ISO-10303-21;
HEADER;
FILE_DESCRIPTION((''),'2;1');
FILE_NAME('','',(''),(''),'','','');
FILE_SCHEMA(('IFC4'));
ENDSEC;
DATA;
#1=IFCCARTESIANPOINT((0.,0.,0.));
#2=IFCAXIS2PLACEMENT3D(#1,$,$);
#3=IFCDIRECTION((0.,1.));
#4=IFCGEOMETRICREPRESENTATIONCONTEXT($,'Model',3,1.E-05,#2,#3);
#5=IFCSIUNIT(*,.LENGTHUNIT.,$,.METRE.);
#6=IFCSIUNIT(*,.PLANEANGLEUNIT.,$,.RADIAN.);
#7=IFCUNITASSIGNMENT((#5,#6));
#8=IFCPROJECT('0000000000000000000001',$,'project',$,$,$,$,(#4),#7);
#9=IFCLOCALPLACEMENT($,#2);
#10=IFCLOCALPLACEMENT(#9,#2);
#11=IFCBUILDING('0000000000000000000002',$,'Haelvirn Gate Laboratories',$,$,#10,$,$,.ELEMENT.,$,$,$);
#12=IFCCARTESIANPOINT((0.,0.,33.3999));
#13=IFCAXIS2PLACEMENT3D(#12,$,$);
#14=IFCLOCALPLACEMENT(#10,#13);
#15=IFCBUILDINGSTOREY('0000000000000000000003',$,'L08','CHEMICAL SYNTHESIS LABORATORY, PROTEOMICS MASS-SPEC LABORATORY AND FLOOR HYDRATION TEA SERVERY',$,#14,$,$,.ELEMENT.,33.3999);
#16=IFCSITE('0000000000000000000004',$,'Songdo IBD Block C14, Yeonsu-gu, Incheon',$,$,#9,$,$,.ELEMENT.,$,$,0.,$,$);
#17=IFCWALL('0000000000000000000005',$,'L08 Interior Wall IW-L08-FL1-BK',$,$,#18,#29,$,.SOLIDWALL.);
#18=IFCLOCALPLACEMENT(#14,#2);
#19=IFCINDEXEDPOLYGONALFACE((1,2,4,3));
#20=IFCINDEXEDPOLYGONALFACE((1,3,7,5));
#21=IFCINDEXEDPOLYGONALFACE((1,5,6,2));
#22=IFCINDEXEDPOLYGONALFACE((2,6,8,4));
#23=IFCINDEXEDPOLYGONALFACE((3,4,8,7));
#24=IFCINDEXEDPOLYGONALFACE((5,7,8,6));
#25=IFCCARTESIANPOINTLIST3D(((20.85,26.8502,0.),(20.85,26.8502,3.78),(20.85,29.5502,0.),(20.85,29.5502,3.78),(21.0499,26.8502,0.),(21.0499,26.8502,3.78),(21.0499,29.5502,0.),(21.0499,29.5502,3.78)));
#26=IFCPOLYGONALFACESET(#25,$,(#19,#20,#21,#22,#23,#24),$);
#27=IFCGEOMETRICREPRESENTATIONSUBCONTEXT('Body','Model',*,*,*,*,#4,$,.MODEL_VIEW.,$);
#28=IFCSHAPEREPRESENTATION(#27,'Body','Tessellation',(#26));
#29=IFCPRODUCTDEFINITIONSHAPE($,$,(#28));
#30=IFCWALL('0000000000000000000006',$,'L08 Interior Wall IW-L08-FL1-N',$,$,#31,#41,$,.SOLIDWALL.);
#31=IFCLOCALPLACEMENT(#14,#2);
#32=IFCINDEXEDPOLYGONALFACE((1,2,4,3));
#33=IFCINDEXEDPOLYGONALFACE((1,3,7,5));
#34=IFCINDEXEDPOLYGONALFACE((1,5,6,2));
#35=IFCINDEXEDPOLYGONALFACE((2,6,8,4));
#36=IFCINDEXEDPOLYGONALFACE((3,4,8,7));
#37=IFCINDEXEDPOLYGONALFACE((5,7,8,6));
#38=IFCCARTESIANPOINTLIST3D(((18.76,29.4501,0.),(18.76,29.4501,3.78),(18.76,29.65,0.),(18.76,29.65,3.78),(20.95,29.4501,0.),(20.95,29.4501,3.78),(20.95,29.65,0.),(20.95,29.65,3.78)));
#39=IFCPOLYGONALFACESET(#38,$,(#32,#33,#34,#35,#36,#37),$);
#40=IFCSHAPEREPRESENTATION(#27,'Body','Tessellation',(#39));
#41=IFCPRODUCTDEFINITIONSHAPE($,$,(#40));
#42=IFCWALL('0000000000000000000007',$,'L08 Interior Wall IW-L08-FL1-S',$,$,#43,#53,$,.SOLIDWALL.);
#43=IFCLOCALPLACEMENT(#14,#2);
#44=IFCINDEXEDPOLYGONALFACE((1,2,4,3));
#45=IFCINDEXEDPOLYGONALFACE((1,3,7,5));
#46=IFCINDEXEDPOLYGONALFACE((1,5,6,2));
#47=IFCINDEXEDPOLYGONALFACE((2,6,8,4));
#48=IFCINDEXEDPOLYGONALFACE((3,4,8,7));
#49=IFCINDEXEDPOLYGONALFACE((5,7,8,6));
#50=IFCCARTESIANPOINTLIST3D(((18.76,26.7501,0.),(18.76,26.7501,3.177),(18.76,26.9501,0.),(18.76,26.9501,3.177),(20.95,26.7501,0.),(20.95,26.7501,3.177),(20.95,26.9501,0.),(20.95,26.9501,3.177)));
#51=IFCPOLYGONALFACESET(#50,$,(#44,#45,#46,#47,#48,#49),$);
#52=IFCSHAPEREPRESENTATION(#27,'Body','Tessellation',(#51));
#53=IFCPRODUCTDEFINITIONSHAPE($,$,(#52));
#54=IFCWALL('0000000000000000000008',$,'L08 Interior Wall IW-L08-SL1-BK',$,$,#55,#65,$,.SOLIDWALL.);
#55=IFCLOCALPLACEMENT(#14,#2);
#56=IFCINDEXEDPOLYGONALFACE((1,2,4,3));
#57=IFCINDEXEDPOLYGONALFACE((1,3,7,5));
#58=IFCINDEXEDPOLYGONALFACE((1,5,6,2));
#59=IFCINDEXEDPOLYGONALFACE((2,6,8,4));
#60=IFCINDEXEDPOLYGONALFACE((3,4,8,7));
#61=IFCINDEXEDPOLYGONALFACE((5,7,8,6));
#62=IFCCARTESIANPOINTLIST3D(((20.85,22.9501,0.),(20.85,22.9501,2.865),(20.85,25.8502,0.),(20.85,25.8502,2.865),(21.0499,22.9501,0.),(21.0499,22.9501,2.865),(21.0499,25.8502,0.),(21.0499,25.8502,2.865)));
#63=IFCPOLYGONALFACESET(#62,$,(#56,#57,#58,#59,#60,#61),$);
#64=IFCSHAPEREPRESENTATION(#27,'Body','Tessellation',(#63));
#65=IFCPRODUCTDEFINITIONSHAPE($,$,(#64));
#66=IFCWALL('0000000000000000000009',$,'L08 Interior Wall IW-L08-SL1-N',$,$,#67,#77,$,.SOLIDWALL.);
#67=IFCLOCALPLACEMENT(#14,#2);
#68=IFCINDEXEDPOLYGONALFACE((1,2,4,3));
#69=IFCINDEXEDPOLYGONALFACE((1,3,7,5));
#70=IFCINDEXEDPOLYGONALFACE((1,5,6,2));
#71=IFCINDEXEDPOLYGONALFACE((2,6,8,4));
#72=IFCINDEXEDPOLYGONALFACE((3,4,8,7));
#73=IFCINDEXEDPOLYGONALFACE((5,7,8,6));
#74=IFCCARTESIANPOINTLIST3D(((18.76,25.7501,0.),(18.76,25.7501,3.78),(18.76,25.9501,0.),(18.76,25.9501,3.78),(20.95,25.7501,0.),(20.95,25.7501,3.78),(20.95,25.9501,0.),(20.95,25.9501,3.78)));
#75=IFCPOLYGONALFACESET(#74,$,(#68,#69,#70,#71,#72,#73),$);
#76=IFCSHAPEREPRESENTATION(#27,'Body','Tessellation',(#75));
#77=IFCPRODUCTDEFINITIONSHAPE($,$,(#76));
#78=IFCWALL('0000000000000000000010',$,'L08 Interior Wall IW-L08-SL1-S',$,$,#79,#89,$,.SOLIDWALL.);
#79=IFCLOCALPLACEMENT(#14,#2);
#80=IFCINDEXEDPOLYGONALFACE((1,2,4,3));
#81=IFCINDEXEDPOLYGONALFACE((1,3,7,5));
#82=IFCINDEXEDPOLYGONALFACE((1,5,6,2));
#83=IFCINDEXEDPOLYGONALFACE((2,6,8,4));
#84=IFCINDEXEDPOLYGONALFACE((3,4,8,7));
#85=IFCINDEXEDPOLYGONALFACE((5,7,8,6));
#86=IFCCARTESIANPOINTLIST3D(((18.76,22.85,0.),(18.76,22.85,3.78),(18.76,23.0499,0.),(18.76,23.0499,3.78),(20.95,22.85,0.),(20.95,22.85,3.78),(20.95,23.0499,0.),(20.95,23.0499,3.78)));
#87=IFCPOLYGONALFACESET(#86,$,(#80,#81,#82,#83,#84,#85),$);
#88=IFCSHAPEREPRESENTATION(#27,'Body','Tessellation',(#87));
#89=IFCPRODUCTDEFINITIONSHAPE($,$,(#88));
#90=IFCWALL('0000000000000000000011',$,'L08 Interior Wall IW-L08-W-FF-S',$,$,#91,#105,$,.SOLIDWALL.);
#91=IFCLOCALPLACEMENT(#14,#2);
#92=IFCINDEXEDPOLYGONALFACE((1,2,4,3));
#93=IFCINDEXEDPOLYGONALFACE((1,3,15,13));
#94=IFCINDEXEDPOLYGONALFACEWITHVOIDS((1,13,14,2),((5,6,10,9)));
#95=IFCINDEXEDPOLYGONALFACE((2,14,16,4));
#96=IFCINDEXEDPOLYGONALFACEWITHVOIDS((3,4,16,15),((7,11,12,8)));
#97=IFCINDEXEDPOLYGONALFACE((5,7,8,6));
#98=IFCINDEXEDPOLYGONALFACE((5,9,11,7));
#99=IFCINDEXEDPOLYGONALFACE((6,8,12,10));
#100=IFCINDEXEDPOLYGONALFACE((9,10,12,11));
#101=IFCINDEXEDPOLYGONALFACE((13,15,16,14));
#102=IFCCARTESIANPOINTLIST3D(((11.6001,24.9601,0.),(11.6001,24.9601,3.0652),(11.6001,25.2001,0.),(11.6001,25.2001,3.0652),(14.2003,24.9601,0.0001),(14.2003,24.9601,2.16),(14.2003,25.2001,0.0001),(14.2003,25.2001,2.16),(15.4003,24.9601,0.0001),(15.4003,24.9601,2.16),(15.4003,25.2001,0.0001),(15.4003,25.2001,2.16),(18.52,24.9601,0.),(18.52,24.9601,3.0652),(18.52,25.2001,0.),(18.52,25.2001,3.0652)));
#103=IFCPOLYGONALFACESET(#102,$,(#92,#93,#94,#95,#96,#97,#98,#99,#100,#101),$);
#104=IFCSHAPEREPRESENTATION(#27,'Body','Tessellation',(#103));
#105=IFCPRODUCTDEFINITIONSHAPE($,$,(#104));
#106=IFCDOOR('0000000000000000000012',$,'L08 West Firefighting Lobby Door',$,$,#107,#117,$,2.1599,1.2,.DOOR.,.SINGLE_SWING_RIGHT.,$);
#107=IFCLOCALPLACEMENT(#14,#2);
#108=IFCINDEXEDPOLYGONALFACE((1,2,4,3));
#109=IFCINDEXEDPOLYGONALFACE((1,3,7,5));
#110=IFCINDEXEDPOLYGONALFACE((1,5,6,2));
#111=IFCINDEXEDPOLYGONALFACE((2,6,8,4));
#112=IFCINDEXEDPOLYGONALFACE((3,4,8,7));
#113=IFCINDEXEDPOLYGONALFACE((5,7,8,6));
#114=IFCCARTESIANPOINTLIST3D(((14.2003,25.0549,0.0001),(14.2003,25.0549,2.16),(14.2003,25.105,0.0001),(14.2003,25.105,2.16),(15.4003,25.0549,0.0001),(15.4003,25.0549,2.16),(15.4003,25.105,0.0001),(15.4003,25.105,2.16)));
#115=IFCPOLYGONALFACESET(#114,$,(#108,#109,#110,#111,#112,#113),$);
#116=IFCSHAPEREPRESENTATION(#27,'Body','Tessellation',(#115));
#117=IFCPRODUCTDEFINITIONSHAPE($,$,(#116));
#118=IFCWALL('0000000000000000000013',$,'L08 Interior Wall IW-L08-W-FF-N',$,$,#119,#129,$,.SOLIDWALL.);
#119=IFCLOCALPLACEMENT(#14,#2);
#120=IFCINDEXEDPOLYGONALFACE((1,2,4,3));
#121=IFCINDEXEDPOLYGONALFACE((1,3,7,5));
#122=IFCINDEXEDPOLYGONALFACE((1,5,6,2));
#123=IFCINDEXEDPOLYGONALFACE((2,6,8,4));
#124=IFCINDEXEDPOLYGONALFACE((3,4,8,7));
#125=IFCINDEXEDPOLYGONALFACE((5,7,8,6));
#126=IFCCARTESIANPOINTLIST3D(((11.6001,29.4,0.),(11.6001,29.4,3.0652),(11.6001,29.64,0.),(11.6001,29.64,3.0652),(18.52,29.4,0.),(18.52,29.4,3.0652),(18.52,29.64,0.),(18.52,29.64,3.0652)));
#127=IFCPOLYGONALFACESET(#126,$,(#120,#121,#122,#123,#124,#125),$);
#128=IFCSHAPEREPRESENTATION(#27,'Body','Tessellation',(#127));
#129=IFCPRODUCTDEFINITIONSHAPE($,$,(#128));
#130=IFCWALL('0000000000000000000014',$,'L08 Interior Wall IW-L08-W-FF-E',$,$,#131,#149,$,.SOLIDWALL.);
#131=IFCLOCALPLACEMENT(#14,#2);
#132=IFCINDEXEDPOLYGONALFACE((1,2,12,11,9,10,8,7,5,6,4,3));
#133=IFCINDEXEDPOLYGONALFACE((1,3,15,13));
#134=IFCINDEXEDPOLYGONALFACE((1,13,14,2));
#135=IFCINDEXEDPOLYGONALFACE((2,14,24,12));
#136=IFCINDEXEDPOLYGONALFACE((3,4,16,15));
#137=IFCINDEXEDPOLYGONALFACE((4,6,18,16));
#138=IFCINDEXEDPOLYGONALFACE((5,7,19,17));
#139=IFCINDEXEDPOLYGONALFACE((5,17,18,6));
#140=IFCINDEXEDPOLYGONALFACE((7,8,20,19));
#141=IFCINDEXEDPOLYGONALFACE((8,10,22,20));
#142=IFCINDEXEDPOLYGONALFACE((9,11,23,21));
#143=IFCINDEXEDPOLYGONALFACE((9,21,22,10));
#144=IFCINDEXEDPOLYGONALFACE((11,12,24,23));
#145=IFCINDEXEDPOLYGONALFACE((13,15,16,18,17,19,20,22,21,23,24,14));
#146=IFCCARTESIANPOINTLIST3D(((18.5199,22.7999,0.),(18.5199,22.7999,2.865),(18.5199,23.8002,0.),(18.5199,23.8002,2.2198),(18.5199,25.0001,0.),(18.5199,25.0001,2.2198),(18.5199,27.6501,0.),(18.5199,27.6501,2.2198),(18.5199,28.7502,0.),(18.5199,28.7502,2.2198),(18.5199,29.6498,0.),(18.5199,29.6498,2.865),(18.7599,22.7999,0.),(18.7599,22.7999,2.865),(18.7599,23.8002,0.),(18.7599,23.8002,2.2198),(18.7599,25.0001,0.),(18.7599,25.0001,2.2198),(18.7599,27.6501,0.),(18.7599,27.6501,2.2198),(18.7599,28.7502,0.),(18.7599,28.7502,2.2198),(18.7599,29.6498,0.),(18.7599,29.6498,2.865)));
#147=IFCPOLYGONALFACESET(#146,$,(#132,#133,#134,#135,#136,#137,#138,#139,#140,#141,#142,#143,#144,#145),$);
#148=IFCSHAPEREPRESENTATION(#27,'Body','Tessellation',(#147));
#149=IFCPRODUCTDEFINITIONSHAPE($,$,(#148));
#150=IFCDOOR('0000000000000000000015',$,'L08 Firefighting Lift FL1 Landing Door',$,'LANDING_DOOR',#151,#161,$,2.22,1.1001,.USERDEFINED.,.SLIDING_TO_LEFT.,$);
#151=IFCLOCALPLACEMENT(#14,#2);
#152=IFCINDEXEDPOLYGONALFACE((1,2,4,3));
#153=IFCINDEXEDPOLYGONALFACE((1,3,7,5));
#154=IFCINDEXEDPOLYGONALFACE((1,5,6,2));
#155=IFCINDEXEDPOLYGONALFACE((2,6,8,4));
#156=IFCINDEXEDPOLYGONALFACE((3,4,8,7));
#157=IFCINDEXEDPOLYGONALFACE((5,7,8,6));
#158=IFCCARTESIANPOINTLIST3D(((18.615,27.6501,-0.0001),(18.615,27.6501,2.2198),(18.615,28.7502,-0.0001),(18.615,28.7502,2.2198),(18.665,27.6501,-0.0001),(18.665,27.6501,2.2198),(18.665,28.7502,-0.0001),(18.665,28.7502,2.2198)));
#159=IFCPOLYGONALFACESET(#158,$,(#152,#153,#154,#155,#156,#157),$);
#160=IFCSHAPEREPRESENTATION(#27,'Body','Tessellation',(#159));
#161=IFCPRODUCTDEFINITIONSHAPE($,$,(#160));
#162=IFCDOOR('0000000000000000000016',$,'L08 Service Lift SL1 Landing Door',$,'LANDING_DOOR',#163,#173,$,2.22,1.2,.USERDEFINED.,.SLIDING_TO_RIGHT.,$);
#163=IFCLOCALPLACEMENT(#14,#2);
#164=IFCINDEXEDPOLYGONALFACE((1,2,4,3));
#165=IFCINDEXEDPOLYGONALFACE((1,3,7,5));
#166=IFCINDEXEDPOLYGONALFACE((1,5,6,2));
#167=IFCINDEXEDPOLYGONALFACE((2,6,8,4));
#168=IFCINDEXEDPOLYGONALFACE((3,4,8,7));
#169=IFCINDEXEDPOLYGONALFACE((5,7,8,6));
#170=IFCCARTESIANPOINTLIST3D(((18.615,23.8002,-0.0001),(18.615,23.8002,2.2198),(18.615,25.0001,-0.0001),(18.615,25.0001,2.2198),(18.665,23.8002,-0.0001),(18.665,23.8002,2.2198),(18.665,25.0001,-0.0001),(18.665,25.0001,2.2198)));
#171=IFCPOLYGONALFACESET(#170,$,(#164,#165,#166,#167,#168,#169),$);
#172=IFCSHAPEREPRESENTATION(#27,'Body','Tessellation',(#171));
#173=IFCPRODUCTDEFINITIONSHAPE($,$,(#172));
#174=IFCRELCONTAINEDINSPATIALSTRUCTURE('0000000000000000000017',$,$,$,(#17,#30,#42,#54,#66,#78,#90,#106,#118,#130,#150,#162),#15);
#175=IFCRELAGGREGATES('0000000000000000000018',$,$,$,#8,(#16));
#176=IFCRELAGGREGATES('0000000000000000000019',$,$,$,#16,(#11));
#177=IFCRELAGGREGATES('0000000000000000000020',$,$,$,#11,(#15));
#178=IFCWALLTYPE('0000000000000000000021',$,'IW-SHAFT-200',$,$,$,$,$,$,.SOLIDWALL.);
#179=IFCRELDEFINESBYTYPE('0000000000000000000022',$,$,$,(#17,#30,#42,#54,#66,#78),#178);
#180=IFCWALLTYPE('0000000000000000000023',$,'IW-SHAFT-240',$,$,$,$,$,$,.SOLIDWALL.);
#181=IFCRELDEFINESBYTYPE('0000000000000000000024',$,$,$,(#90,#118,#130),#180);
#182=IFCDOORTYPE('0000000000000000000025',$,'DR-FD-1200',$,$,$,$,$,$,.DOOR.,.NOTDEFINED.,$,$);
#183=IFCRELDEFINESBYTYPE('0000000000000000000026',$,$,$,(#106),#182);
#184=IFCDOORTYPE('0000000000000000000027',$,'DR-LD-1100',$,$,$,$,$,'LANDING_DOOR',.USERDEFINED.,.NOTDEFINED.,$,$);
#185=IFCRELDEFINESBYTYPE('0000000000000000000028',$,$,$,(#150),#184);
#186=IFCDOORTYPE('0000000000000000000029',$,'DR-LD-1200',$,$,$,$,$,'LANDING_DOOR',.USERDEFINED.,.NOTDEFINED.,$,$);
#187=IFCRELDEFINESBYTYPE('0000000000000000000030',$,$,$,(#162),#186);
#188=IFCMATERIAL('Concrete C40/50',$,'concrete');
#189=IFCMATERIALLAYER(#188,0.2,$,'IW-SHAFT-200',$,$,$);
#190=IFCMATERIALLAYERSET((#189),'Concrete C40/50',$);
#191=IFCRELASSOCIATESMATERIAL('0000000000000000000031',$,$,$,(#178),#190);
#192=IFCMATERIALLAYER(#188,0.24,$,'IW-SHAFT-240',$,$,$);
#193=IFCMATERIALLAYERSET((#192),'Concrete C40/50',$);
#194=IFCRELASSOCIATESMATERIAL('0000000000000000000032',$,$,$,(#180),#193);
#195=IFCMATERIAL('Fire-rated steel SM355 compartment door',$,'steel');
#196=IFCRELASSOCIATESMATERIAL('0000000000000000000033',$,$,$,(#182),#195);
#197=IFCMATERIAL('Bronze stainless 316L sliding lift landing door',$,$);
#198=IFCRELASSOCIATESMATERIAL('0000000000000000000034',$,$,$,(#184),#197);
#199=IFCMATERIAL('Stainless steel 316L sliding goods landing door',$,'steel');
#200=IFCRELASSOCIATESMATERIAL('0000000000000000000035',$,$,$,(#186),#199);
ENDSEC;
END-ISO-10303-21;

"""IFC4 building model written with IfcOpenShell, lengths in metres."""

from ifc_helpers import new_model, si_unit, direction, frame, frame_2d, origin, place, context, subcontext, project, spatial, rectangle, extrude, source, transform, mapped, material, layer, layer_set, type_object, type_shapes, element, fill, save


model = new_model("IFC4")

# Units and contexts
model_context = context("Model", 3, precision=1e-05, world=origin(), true_north=direction((0.0, 1.0)))
body_context = subcontext(model_context, "Body", "Model", "MODEL_VIEW")
ifc_project = project(units=[si_unit("LENGTHUNIT", "METRE"), si_unit("PLANEANGLEUNIT", "RADIAN")], contexts=[model_context])

# Site, building, storey
site_placement = place(None, origin())
site = spatial("IfcSite", under=ifc_project, at=site_placement, Name="Songdo IBD Block C14, Yeonsu-gu, Incheon", CompositionType="ELEMENT", RefElevation=0.0)
building_placement = place(site_placement, origin())
building = spatial("IfcBuilding", under=site, at=building_placement, Name="Haelvirn Gate Laboratories", CompositionType="ELEMENT")
storey_placement = place(building_placement, frame((0.0, 0.0, 33.3999)))
storey = spatial("IfcBuildingStorey", under=building, at=storey_placement, Name="L08", Description="CHEMICAL SYNTHESIS LABORATORY, PROTEOMICS MASS-SPEC LABORATORY AND FLOOR HYDRATION TEA SERVERY", CompositionType="ELEMENT", Elevation=33.3999)

# Walls
ifc_material_1 = material(Name="Concrete C40/50", Category="concrete")
ifc_layer_1 = layer(ifc_material_1, 0.2, Name="IW-SHAFT-200")
ifc_layer_set_1 = layer_set([ifc_layer_1], Name="Concrete C40/50")
wall_type_1 = type_object("IfcWallType", Name="IW-SHAFT-200", PredefinedType="SOLIDWALL", material=ifc_layer_set_1)
wall_1_placement = place(storey_placement, frame((20.95, 26.8501, 0.0), z_axis=(0.0, 0.0, 1.0), x_axis=(0.0, 1.0, 0.0)))
element("IfcWall", 1, at=wall_1_placement, inside=storey, type_object=wall_type_1, Name="L08 Interior Wall IW-L08-FL1-BK", PredefinedType="SOLIDWALL", context=body_context, shape_type="SweptSolid", body=[
    extrude(rectangle(XDim=2.7, YDim=0.2, at=frame_2d((1.3501, 0.0))), origin(), (0.0, 0.0, 1.0), 3.78),
])
wall_2_placement = place(storey_placement, frame((18.76, 29.55, 0.0), z_axis=(0.0, 0.0, 1.0), x_axis=(1.0, 0.0, 0.0)))
element("IfcWall", 2, at=wall_2_placement, inside=storey, type_object=wall_type_1, Name="L08 Interior Wall IW-L08-FL1-N", PredefinedType="SOLIDWALL", context=body_context, shape_type="SweptSolid", body=[
    extrude(rectangle(XDim=2.1899, YDim=0.2, at=frame_2d((1.095, 0.0))), origin(), (0.0, 0.0, 1.0), 3.78),
])
wall_3_placement = place(storey_placement, frame((18.76, 26.8501, 0.0), z_axis=(0.0, 0.0, 1.0), x_axis=(1.0, 0.0, 0.0)))
element("IfcWall", 3, at=wall_3_placement, inside=storey, type_object=wall_type_1, Name="L08 Interior Wall IW-L08-FL1-S", PredefinedType="SOLIDWALL", context=body_context, shape_type="SweptSolid", body=[
    extrude(rectangle(XDim=2.1899, YDim=0.2, at=frame_2d((1.095, 0.0))), origin(), (0.0, 0.0, 1.0), 3.177),
])
wall_4_placement = place(storey_placement, frame((20.95, 22.95, 0.0), z_axis=(0.0, 0.0, 1.0), x_axis=(0.0, 1.0, 0.0)))
element("IfcWall", 4, at=wall_4_placement, inside=storey, type_object=wall_type_1, Name="L08 Interior Wall IW-L08-SL1-BK", PredefinedType="SOLIDWALL", context=body_context, shape_type="SweptSolid", body=[
    extrude(rectangle(XDim=2.9001, YDim=0.2, at=frame_2d((1.4502, 0.0))), origin(), (0.0, 0.0, 1.0), 2.865),
])
for number, where, z_axis, x_axis, name in (
    (5, (18.76, 25.8501, 0.0), (0.0, 0.0, 1.0), (1.0, 0.0, 0.0), "L08 Interior Wall IW-L08-SL1-N"),
    (6, (18.76, 22.95, 0.0), (0.0, 0.0, 1.0), (1.0, 0.0, 0.0), "L08 Interior Wall IW-L08-SL1-S"),
):
    element("IfcWall", number, at=place(storey_placement, frame(where, z_axis=z_axis, x_axis=x_axis)), inside=storey, type_object=wall_type_1, Name=name, PredefinedType="SOLIDWALL", context=body_context, shape_type="SweptSolid", body=[
        extrude(rectangle(XDim=2.1899, YDim=0.2, at=frame_2d((1.095, 0.0))), origin(), (0.0, 0.0, 1.0), 3.78),
    ])

# Wall, opening, door
ifc_layer_2 = layer(ifc_material_1, 0.24, Name="IW-SHAFT-240")
ifc_layer_set_2 = layer_set([ifc_layer_2], Name="Concrete C40/50")
wall_type_2 = type_object("IfcWallType", Name="IW-SHAFT-240", PredefinedType="SOLIDWALL", material=ifc_layer_set_2)
wall_5_placement = place(storey_placement, frame((11.6001, 25.0801, 0.0), z_axis=(0.0, 0.0, 1.0), x_axis=(1.0, 0.0, 0.0)))
wall_5 = element("IfcWall", 7, at=wall_5_placement, inside=storey, type_object=wall_type_2, Name="L08 Interior Wall IW-L08-W-FF-S", PredefinedType="SOLIDWALL", context=body_context, shape_type="SweptSolid", body=[
    extrude(rectangle(XDim=6.9199, YDim=0.24, at=frame_2d((3.46, 0.0))), origin(), (0.0, 0.0, 1.0), 3.0652),
])
opening_1_placement = place(wall_5_placement, frame((2.6001, 0.0, 0.0)))
opening_1 = element("IfcOpeningElement", 8, at=opening_1_placement, cuts=wall_5, PredefinedType="OPENING", context=body_context, shape_type="SweptSolid", body=[
    extrude(rectangle(XDim=1.2, YDim=2.1599, at=frame_2d((0.6001, 1.0801))), frame((0.0, 0.1299, 0.0), z_axis=(0.0, -1.0, 0.0), x_axis=(1.0, 0.0, 0.0)), (0.0, 0.0, 1.0), 0.26),
])
ifc_material_2 = material(Name="Fire-rated steel SM355 compartment door", Category="steel")
door_type_1 = type_object("IfcDoorType", Name="DR-FD-1200", OperationType="NOTDEFINED", PredefinedType="DOOR", material=ifc_material_2)
shared_shape_1 = source(origin(), body_context, "Body", "SweptSolid", [
    extrude(rectangle(XDim=1.2, YDim=2.1599, at=frame_2d((0.6001, 1.0801))), frame((0.0, 0.0249, 0.0), z_axis=(0.0, -1.0, 0.0), x_axis=(1.0, 0.0, 0.0)), (0.0, 0.0, 1.0), 0.05),
])
type_shapes(door_type_1, [shared_shape_1])
door_1_placement = place(opening_1_placement, origin())
door_1 = element("IfcDoor", 9, at=door_1_placement, inside=storey, type_object=door_type_1, Name="L08 West Firefighting Lobby Door", OperationType="SINGLE_SWING_RIGHT", OverallHeight=2.1599, OverallWidth=1.2, PredefinedType="DOOR", context=body_context, shape_type="MappedRepresentation", body=[
    mapped(shared_shape_1, transform((0.0, 0.0, 0.0), scale=1.0)),
])
fill(opening_1, door_1)

# Wall
wall_6_placement = place(storey_placement, frame((11.6001, 29.52, 0.0), z_axis=(0.0, 0.0, 1.0), x_axis=(1.0, 0.0, 0.0)))
element("IfcWall", 10, at=wall_6_placement, inside=storey, type_object=wall_type_2, Name="L08 Interior Wall IW-L08-W-FF-N", PredefinedType="SOLIDWALL", context=body_context, shape_type="SweptSolid", body=[
    extrude(rectangle(XDim=6.9199, YDim=0.24, at=frame_2d((3.46, 0.0))), origin(), (0.0, 0.0, 1.0), 3.0652),
])

# Wall, openings, doors
wall_7_placement = place(storey_placement, frame((18.6399, 22.8, 0.0), z_axis=(0.0, 0.0, 1.0), x_axis=(0.0, 1.0, 0.0)))
wall_7 = element("IfcWall", 11, at=wall_7_placement, inside=storey, type_object=wall_type_2, Name="L08 Interior Wall IW-L08-W-FF-E", PredefinedType="SOLIDWALL", context=body_context, shape_type="SweptSolid", body=[
    extrude(rectangle(XDim=6.8499, YDim=0.24, at=frame_2d((3.4248, 0.0))), origin(), (0.0, 0.0, 1.0), 2.865),
])
opening_2_placement = place(wall_7_placement, frame((4.8501, 0.0, 0.0)))
opening_2 = element("IfcOpeningElement", 12, at=opening_2_placement, cuts=wall_7, PredefinedType="OPENING", context=body_context, shape_type="SweptSolid", body=[
    extrude(rectangle(XDim=1.1001, YDim=2.22, at=frame_2d((0.55, 1.1099))), frame((0.0, 0.1299, 0.0), z_axis=(0.0, -1.0, 0.0), x_axis=(1.0, 0.0, 0.0)), (0.0, 0.0, 1.0), 0.26),
])
opening_3_placement = place(wall_7_placement, frame((1.0, 0.0, 0.0)))
opening_3 = element("IfcOpeningElement", 13, at=opening_3_placement, cuts=wall_7, PredefinedType="OPENING", context=body_context, shape_type="SweptSolid", body=[
    extrude(rectangle(XDim=1.2, YDim=2.22, at=frame_2d((0.6001, 1.1099))), frame((0.0, 0.1299, 0.0), z_axis=(0.0, -1.0, 0.0), x_axis=(1.0, 0.0, 0.0)), (0.0, 0.0, 1.0), 0.26),
])
ifc_material_3 = material(Name="Bronze stainless 316L sliding lift landing door")
door_type_2 = type_object("IfcDoorType", Name="DR-LD-1100", ElementType="LANDING_DOOR", OperationType="NOTDEFINED", PredefinedType="USERDEFINED", material=ifc_material_3)
shared_shape_2 = source(origin(), body_context, "Body", "SweptSolid", [
    extrude(rectangle(XDim=1.1001, YDim=2.22, at=frame_2d((0.55, 1.1099))), frame((0.0, 0.0249, 0.0), z_axis=(0.0, -1.0, 0.0), x_axis=(1.0, 0.0, 0.0)), (0.0, 0.0, 1.0), 0.05),
])
type_shapes(door_type_2, [shared_shape_2])
door_2_placement = place(opening_2_placement, origin())
door_2 = element("IfcDoor", 14, at=door_2_placement, inside=storey, type_object=door_type_2, Name="L08 Firefighting Lift FL1 Landing Door", ObjectType="LANDING_DOOR", OperationType="SLIDING_TO_LEFT", OverallHeight=2.22, OverallWidth=1.1001, PredefinedType="USERDEFINED", context=body_context, shape_type="MappedRepresentation", body=[
    mapped(shared_shape_2, transform((0.0, 0.0, 0.0), scale=1.0)),
])
fill(opening_2, door_2)
ifc_material_4 = material(Name="Stainless steel 316L sliding goods landing door", Category="steel")
door_type_3 = type_object("IfcDoorType", Name="DR-LD-1200", ElementType="LANDING_DOOR", OperationType="NOTDEFINED", PredefinedType="USERDEFINED", material=ifc_material_4)
shared_shape_3 = source(origin(), body_context, "Body", "SweptSolid", [
    extrude(rectangle(XDim=1.2, YDim=2.22, at=frame_2d((0.6001, 1.1099))), frame((0.0, 0.0249, 0.0), z_axis=(0.0, -1.0, 0.0), x_axis=(1.0, 0.0, 0.0)), (0.0, 0.0, 1.0), 0.05),
])
type_shapes(door_type_3, [shared_shape_3])
door_3_placement = place(opening_3_placement, origin())
door_3 = element("IfcDoor", 15, at=door_3_placement, inside=storey, type_object=door_type_3, Name="L08 Service Lift SL1 Landing Door", ObjectType="LANDING_DOOR", OperationType="SLIDING_TO_RIGHT", OverallHeight=2.22, OverallWidth=1.2, PredefinedType="USERDEFINED", context=body_context, shape_type="MappedRepresentation", body=[
    mapped(shared_shape_3, transform((0.0, 0.0, 0.0), scale=1.0)),
])
fill(opening_3, door_3)

save(model, "model.ifc")
